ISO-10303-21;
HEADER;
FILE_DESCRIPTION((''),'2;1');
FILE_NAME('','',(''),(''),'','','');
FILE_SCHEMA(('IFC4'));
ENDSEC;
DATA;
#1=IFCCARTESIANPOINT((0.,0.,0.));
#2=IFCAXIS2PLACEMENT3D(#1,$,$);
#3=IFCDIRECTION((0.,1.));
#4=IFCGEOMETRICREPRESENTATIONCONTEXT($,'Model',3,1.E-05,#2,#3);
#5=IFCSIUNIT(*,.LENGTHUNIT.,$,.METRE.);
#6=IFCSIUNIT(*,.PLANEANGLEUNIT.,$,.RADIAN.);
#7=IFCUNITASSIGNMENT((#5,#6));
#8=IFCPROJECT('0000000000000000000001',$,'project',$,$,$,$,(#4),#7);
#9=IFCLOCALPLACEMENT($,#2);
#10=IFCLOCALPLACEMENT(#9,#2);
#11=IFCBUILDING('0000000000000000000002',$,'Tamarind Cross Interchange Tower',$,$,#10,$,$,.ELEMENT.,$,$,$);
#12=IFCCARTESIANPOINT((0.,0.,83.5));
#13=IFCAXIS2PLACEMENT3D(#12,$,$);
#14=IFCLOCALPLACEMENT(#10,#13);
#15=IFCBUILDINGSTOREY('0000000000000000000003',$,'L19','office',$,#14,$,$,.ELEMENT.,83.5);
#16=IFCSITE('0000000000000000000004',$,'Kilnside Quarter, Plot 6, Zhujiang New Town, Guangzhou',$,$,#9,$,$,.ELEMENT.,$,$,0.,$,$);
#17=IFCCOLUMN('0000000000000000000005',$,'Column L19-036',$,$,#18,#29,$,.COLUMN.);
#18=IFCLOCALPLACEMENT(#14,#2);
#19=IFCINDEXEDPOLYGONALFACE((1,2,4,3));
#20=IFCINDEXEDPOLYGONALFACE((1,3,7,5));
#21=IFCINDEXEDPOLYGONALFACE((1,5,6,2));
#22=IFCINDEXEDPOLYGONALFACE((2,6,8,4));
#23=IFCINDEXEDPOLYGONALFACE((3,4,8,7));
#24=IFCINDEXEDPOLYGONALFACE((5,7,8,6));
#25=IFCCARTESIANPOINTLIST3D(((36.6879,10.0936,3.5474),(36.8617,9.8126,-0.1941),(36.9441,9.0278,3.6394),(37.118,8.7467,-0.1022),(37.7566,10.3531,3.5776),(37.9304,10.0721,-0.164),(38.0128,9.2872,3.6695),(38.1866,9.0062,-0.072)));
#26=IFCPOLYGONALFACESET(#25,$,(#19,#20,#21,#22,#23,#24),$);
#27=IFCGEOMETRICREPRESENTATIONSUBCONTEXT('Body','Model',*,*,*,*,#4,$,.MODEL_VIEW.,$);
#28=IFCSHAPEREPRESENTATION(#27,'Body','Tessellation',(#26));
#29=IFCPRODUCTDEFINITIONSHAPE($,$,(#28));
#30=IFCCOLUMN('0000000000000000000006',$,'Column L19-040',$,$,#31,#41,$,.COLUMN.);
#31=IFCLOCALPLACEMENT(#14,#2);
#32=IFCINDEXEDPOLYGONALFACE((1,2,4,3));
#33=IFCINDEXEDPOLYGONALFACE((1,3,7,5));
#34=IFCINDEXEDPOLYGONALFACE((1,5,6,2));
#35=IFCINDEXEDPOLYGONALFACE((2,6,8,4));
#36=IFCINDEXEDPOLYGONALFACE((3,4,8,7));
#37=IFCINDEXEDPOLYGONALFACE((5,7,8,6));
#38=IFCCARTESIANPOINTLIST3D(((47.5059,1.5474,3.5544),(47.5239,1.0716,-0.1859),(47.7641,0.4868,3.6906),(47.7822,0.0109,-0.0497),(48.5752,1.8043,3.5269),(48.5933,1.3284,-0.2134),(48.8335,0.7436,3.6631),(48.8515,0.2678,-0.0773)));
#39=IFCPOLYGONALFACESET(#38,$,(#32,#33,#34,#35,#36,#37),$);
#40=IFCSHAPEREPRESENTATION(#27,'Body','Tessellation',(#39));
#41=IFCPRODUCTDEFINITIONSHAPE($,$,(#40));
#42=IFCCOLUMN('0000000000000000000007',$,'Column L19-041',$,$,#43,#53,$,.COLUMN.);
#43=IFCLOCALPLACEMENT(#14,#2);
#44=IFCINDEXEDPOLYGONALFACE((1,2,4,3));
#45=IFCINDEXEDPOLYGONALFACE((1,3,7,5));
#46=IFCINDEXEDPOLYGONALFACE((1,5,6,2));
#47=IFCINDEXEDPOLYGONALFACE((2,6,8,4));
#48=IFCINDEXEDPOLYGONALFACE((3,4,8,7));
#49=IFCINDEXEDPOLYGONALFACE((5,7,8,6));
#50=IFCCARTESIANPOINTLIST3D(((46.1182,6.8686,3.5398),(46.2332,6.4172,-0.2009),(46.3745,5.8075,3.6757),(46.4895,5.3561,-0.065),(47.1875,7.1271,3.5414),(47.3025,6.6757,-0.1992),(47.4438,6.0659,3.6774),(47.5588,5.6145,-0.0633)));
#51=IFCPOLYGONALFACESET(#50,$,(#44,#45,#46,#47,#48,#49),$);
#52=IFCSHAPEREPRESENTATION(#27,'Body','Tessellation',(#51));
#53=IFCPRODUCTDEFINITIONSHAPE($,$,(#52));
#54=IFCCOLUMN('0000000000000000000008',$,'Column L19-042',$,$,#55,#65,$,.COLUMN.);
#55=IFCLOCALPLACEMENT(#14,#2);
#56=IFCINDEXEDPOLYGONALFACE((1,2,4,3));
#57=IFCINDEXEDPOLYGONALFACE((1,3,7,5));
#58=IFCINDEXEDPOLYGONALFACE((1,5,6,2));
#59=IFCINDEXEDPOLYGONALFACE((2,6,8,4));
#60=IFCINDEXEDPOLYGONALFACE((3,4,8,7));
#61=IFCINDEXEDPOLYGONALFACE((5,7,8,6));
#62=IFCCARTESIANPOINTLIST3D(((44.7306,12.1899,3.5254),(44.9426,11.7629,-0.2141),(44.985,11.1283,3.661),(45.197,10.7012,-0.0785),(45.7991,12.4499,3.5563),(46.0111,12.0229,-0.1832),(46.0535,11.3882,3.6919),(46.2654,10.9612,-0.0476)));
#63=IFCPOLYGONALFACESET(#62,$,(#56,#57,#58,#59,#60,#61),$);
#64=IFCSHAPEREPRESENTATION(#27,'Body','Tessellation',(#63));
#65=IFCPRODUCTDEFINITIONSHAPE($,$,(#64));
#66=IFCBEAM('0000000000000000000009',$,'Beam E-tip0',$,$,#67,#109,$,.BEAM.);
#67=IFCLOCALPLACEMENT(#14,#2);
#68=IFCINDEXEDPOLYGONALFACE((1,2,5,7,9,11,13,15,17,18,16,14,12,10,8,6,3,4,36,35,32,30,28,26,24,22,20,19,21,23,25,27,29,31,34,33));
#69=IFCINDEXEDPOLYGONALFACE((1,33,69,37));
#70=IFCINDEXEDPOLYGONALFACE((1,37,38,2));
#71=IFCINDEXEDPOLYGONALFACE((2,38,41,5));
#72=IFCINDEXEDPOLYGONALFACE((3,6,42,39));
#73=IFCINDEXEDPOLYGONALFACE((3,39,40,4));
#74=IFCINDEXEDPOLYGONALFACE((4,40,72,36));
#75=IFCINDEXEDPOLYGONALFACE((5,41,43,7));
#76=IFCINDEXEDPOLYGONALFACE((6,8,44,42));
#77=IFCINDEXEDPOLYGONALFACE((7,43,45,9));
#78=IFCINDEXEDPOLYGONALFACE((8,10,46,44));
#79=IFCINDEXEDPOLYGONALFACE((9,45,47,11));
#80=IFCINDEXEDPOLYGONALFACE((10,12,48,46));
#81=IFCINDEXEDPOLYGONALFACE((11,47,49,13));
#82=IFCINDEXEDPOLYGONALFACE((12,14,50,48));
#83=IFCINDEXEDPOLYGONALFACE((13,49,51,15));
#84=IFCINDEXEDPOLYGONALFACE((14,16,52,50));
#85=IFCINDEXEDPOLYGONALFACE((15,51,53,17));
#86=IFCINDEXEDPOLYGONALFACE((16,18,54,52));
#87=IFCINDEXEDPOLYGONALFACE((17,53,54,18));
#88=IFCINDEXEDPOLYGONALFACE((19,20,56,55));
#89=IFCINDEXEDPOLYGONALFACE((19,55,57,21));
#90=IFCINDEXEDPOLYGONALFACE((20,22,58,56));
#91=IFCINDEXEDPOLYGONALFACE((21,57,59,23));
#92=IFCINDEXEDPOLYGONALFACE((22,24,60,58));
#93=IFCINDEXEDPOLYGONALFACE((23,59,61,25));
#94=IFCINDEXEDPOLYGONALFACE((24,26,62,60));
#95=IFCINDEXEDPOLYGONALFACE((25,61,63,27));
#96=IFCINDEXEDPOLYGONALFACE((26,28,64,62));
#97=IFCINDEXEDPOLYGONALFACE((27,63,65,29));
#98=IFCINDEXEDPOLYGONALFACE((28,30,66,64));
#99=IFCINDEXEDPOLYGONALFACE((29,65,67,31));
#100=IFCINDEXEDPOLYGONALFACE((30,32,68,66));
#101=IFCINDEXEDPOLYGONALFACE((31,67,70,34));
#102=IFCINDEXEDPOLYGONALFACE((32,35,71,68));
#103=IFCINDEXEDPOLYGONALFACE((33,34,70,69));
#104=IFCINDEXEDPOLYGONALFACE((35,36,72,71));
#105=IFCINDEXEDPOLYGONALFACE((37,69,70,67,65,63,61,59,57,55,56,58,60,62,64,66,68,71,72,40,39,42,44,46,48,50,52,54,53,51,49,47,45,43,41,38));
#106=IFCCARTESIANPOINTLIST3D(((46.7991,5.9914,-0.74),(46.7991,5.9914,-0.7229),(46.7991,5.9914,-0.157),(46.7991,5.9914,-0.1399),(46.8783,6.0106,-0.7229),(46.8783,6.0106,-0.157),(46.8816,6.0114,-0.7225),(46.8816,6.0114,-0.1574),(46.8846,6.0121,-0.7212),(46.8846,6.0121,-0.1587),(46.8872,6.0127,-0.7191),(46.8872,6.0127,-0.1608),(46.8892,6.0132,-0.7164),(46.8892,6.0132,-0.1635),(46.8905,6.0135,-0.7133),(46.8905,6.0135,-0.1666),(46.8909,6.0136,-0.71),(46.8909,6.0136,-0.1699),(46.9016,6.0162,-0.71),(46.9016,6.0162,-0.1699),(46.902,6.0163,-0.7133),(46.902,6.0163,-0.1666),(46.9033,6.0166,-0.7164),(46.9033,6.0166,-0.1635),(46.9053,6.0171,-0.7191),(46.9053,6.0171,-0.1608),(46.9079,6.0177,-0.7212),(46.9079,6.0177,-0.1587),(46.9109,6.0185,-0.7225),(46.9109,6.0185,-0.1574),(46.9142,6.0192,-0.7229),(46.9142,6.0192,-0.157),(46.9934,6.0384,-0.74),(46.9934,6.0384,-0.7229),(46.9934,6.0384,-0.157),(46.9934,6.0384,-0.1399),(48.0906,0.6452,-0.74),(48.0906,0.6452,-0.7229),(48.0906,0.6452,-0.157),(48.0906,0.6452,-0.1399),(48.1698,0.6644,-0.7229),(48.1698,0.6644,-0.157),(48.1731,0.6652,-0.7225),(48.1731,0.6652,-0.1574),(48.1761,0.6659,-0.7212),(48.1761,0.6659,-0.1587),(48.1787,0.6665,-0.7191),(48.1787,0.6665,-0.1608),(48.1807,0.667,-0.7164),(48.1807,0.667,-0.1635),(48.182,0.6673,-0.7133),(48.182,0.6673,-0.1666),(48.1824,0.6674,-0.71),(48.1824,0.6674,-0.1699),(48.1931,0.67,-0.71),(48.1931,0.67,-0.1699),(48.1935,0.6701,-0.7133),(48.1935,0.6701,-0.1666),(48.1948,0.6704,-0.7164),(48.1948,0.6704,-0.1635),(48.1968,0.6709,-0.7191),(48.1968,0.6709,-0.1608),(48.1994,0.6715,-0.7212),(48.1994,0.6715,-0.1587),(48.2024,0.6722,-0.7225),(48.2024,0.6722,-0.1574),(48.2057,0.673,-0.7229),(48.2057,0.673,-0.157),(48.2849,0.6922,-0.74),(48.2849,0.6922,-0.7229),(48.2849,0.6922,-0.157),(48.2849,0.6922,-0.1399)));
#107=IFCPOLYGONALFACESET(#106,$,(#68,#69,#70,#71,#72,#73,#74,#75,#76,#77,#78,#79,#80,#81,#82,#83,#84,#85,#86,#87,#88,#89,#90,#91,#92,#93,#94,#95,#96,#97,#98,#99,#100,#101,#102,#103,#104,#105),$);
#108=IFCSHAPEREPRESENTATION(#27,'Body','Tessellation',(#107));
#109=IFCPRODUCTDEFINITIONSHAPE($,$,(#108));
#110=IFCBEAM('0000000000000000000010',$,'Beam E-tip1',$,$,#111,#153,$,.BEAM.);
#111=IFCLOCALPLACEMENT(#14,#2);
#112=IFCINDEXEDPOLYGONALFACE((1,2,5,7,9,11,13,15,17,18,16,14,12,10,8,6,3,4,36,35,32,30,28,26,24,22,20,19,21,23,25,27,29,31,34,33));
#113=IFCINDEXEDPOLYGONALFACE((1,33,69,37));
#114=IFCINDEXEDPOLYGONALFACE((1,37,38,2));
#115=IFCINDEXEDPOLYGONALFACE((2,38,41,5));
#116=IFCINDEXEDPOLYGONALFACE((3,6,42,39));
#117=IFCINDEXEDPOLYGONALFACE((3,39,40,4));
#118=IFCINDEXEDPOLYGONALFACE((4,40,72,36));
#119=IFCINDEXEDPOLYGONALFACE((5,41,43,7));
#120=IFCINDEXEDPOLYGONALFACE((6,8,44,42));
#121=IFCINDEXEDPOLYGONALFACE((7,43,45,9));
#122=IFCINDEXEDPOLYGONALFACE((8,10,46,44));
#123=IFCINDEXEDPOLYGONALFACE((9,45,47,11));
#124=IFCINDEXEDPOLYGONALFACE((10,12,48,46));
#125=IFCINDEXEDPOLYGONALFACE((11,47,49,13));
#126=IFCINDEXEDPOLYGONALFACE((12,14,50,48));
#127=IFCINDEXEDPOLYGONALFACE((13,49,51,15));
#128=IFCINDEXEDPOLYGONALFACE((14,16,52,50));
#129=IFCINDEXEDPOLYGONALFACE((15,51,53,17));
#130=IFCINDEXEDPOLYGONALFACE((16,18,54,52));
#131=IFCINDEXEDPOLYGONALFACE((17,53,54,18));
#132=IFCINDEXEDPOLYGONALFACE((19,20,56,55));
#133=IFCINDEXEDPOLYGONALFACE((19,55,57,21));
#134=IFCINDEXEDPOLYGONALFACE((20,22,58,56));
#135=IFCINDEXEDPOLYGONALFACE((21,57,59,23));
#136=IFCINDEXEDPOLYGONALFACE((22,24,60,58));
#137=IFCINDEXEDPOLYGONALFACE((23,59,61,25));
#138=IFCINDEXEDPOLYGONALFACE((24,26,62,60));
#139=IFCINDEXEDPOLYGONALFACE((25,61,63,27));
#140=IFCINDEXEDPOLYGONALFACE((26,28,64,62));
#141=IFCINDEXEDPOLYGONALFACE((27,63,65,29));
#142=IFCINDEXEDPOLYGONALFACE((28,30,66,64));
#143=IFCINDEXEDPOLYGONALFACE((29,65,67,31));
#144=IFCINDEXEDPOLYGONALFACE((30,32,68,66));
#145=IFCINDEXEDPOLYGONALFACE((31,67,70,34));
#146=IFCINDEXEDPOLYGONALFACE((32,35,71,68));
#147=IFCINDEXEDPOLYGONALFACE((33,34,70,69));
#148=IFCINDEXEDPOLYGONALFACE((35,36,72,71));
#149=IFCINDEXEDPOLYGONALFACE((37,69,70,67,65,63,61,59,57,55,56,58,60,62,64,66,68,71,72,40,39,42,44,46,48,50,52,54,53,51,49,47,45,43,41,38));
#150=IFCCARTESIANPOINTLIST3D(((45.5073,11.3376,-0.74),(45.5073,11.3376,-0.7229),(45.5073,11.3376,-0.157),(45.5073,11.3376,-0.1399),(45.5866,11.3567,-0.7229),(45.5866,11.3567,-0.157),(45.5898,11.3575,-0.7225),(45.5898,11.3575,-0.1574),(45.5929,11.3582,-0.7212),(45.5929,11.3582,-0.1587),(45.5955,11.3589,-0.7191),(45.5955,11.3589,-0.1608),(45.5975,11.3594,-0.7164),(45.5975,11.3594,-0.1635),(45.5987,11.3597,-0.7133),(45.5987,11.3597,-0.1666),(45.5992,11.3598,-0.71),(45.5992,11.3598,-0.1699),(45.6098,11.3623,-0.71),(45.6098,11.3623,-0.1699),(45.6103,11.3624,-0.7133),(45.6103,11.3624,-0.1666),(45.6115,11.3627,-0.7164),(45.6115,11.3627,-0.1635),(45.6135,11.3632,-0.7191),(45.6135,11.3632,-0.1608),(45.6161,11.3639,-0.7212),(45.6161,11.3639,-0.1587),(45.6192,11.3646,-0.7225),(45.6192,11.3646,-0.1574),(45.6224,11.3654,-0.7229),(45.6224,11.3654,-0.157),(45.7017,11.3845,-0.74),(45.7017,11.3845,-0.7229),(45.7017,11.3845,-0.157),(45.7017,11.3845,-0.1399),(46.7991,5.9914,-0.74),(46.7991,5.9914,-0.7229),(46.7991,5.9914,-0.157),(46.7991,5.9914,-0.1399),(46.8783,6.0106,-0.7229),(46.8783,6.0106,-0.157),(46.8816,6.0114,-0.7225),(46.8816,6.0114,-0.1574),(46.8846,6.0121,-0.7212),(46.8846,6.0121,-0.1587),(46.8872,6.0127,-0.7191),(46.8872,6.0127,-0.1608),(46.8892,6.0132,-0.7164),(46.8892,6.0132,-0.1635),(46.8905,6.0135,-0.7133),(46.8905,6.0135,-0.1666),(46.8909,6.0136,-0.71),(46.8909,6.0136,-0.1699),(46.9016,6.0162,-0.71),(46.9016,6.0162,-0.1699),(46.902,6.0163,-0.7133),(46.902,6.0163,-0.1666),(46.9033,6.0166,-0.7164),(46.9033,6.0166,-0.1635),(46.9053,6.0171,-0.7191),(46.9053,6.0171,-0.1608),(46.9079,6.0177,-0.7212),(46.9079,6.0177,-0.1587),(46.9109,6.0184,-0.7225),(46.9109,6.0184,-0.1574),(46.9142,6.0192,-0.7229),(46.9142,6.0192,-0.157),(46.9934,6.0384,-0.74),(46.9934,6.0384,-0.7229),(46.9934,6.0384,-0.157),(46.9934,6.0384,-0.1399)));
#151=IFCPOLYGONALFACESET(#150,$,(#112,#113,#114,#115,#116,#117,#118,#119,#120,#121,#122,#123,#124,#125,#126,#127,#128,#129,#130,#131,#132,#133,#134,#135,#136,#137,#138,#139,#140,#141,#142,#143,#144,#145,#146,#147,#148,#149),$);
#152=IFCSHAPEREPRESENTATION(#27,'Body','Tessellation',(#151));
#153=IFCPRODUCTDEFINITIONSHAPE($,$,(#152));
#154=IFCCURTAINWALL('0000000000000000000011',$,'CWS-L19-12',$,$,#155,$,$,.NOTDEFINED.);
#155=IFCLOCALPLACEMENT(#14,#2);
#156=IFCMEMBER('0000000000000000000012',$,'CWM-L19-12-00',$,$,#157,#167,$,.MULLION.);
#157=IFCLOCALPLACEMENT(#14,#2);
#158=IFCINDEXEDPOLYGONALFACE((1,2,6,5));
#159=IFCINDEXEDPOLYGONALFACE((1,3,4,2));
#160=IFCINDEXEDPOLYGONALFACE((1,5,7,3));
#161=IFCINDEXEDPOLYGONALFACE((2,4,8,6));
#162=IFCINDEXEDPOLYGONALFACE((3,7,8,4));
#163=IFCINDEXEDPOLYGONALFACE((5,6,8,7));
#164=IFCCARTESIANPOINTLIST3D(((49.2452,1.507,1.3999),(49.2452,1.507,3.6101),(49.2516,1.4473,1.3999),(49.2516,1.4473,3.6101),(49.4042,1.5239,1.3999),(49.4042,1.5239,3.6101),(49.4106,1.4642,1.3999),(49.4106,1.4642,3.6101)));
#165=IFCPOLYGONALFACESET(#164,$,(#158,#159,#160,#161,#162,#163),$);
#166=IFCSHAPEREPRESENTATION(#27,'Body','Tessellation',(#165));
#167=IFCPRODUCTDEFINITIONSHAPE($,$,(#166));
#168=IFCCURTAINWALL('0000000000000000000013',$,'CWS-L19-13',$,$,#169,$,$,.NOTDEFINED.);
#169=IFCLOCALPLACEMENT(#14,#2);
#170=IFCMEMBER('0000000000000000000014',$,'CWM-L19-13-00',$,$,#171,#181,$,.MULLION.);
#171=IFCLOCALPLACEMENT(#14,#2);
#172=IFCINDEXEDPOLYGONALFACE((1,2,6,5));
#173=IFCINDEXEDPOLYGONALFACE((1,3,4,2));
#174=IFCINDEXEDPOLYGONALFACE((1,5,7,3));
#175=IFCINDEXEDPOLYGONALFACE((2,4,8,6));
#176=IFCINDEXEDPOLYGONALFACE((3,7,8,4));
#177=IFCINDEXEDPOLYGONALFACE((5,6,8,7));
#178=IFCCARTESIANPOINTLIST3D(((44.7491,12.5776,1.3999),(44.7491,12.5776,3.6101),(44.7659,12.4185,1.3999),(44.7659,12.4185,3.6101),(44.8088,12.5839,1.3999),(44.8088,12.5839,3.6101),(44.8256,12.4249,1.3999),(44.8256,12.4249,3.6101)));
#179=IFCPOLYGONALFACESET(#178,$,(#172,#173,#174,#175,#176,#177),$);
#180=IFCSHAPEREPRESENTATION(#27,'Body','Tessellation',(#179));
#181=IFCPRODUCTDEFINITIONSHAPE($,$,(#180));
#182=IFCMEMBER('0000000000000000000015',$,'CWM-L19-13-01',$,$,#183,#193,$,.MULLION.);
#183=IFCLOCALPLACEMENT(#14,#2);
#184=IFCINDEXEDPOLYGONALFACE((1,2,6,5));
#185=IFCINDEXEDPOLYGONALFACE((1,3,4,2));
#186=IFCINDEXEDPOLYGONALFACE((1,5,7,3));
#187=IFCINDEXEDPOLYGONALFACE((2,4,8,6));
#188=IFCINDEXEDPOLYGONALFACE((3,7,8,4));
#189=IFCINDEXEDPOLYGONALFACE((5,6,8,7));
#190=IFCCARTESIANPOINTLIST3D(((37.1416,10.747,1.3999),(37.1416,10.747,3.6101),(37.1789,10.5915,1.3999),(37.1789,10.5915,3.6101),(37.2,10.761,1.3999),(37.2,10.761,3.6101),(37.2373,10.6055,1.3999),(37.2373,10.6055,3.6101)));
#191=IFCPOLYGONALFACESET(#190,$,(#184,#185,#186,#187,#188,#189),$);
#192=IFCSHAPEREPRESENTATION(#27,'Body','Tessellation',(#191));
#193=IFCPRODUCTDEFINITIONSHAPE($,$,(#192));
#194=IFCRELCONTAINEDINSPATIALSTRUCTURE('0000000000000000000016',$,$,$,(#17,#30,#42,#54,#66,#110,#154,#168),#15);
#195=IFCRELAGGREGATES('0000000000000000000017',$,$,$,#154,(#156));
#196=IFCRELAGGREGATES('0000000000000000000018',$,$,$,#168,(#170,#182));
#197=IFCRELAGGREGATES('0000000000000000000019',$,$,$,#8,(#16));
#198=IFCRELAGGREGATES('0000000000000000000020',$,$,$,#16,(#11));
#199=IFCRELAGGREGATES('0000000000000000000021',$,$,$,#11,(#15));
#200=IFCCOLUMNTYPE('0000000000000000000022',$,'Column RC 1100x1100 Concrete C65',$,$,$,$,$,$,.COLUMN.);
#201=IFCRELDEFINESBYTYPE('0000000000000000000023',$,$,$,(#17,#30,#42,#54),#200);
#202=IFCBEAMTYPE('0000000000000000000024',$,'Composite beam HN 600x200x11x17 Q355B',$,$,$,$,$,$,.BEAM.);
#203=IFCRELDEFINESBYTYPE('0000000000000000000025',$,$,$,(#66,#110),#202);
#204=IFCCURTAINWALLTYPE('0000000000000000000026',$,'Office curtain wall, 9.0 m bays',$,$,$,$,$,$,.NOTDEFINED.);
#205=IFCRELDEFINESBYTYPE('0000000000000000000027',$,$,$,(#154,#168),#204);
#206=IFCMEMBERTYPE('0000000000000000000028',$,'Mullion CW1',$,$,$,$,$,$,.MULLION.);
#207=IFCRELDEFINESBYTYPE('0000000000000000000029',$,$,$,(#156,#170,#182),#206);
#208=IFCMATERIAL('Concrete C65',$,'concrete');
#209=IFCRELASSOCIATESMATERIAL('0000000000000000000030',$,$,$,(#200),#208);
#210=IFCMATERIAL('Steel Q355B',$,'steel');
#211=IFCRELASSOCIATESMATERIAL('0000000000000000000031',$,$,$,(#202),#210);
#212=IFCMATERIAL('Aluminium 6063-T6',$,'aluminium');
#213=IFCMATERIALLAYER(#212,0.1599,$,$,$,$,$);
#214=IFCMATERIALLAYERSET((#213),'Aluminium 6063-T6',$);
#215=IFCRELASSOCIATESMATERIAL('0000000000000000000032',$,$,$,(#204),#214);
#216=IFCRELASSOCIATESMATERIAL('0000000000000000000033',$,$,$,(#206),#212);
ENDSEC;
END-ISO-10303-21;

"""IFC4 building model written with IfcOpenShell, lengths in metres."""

from ifc_helpers import new_model, si_unit, direction, frame, origin, origin_2d, place, context, subcontext, project, spatial, rectangle, i_section, extrude, material, layer, layer_set, material_profile, profile_set, type_object, element, aggregate, save


model = new_model("IFC4")

# Units and contexts
model_context = context("Model", 3, precision=1e-05, world=origin(), true_north=direction((0.0, 1.0)))
body_context = subcontext(model_context, "Body", "Model", "MODEL_VIEW")
ifc_project = project(units=[si_unit("LENGTHUNIT", "METRE"), si_unit("PLANEANGLEUNIT", "RADIAN")], contexts=[model_context])

# Site, building, storey
site_placement = place(None, origin())
site = spatial("IfcSite", under=ifc_project, at=site_placement, Name="Kilnside Quarter, Plot 6, Zhujiang New Town, Guangzhou", CompositionType="ELEMENT", RefElevation=0.0)
building_placement = place(site_placement, origin())
building = spatial("IfcBuilding", under=site, at=building_placement, Name="Tamarind Cross Interchange Tower", CompositionType="ELEMENT")
storey_placement = place(building_placement, frame((0.0, 0.0, 83.5)))
storey = spatial("IfcBuildingStorey", under=building, at=storey_placement, Name="L19", Description="office", CompositionType="ELEMENT", Elevation=83.5)

# Columns
ifc_material_1 = material(Name="Concrete C65", Category="concrete")
ifc_material_profile_1 = material_profile(ifc_material_1, rectangle(XDim=1.1001, YDim=1.1001, at=origin_2d()), Name="RC 1100x1100")
ifc_profile_set_1 = profile_set([ifc_material_profile_1], Name="Concrete C65")
column_type = type_object("IfcColumnType", Name="Column RC 1100x1100 Concrete C65", PredefinedType="COLUMN", material=ifc_profile_set_1)
column_1_placement = place(storey_placement, frame((37.5242, 9.4094, -0.1331), z_axis=(-0.04628, 0.074815, 0.996123), x_axis=(0.232895, -0.968903, 0.083591)))
element("IfcColumn", 1, at=column_1_placement, inside=storey, type_object=column_type, Name="Column L19-036", PredefinedType="COLUMN", context=body_context, shape_type="SweptSolid", body=[
    extrude(rectangle(XDim=1.1001, YDim=1.1001, at=origin_2d()), origin(), (0.0, 0.0, 1.0), 3.7561),
])
column_2_placement = place(storey_placement, frame((48.1877, 0.6697, -0.1316), z_axis=(-0.004792, 0.126201, 0.991993), x_axis=(-0.972041, -0.233475, 0.025007)))
element("IfcColumn", 2, at=column_2_placement, inside=storey, type_object=column_type, Name="Column L19-040", PredefinedType="COLUMN", context=body_context, shape_type="SweptSolid", body=[
    extrude(rectangle(XDim=1.1001, YDim=1.1001, at=origin_2d()), origin(), (0.0, 0.0, 1.0), 3.7705),
])
column_3_placement = place(storey_placement, frame((46.896, 6.0159, -0.1321), z_axis=(-0.030504, 0.119751, 0.992335), x_axis=(0.232977, -0.9646, 0.123566)))
element("IfcColumn", 3, at=column_3_placement, inside=storey, type_object=column_type, Name="Column L19-041", PredefinedType="COLUMN", context=body_context, shape_type="SweptSolid", body=[
    extrude(rectangle(XDim=1.1001, YDim=1.1001, at=origin_2d()), origin(), (0.0, 0.0, 1.0), 3.7695),
])
column_4_placement = place(storey_placement, frame((45.604, 11.3621, -0.1309), z_axis=(-0.056214, 0.11327, 0.991973), x_axis=(0.231247, -0.96505, 0.123301)))
element("IfcColumn", 4, at=column_4_placement, inside=storey, type_object=column_type, Name="Column L19-042", PredefinedType="COLUMN", context=body_context, shape_type="SweptSolid", body=[
    extrude(rectangle(XDim=1.1001, YDim=1.1001, at=origin_2d()), origin(), (0.0, 0.0, 1.0), 3.7698),
])

# Beams
ifc_material_2 = material(Name="Steel Q355B", Category="steel")
ifc_material_profile_2 = material_profile(ifc_material_2, i_section(OverallWidth=0.2, OverallDepth=0.6001, WebThickness=0.011, FlangeThickness=0.0171, FilletRadius=0.0129, at=origin_2d()), Name="HN 600x200x11x17")
ifc_profile_set_2 = profile_set([ifc_material_profile_2], Name="Steel Q355B")
beam_type = type_object("IfcBeamType", Name="Composite beam HN 600x200x11x17 Q355B", PredefinedType="BEAM", material=ifc_profile_set_2)
for number, where, z_axis, x_axis, name in (
    (5, (48.1877, 0.6687, -0.4399), (-0.23482, 0.972039, 0.0), (-0.972039, -0.23482, 0.0), "Beam E-tip0"),
    (6, (46.8962, 6.0149, -0.4399), (-0.234862, 0.972029, 0.0), (-0.972029, -0.234862, 0.0), "Beam E-tip1"),
):
    element("IfcBeam", number, at=place(storey_placement, frame(where, z_axis=z_axis, x_axis=x_axis)), inside=storey, type_object=beam_type, Name=name, PredefinedType="BEAM", context=body_context, shape_type="SweptSolid", body=[
        extrude(i_section(OverallWidth=0.2, OverallDepth=0.6001, WebThickness=0.011, FlangeThickness=0.0171, FilletRadius=0.0129, at=origin_2d()), origin(), (0.0, 0.0, 1.0), 5.5),
    ])

# Curtain wall, member
ifc_material_3 = material(Name="Aluminium 6063-T6", Category="aluminium")
ifc_layer_1 = layer(ifc_material_3, 0.1599)
ifc_layer_set_1 = layer_set([ifc_layer_1], Name="Aluminium 6063-T6")
curtain_wall_type = type_object("IfcCurtainWallType", Name="Office curtain wall, 9.0 m bays", PredefinedType="NOTDEFINED", material=ifc_layer_set_1)
curtain_wall_1_placement = place(storey_placement, origin())
curtain_wall_1 = element("IfcCurtainWall", 7, at=curtain_wall_1_placement, inside=storey, type_object=curtain_wall_type, Name="CWS-L19-12", PredefinedType="NOTDEFINED")
ifc_material_profile_3 = material_profile(ifc_material_3, rectangle(XDim=0.0601, YDim=0.1599, at=origin_2d()), Name="Mullion CW1")
ifc_profile_set_3 = profile_set([ifc_material_profile_3], Name="Aluminium 6063-T6")
member_type = type_object("IfcMemberType", Name="Mullion CW1", PredefinedType="MULLION", material=ifc_profile_set_3)
member_1_placement = place(storey_placement, frame((49.3279, 1.4856, 1.3999), z_axis=(0.0, 0.0, 1.0), x_axis=(-0.105959, 0.994371, 0.0)))
member_1 = element("IfcMember", 8, at=member_1_placement, type_object=member_type, Name="CWM-L19-12-00", PredefinedType="MULLION", context=body_context, shape_type="SweptSolid", body=[
    extrude(rectangle(XDim=0.0601, YDim=0.1599, at=origin_2d()), origin(), (0.0, 0.0, 1.0), 2.2102),
])
aggregate(curtain_wall_1, [member_1])

# Curtain wall, members
curtain_wall_2_placement = place(storey_placement, origin())
curtain_wall_2 = element("IfcCurtainWall", 9, at=curtain_wall_2_placement, inside=storey, type_object=curtain_wall_type, Name="CWS-L19-13", PredefinedType="NOTDEFINED")
member_2_placement = place(storey_placement, frame((44.7874, 12.5012, 1.3999), z_axis=(0.0, 0.0, 1.0), x_axis=(-0.994441, -0.105294, 0.0)))
member_2 = element("IfcMember", 10, at=member_2_placement, type_object=member_type, Name="CWM-L19-13-00", PredefinedType="MULLION", context=body_context, shape_type="SweptSolid", body=[
    extrude(rectangle(XDim=0.0601, YDim=0.1599, at=origin_2d()), origin(), (0.0, 0.0, 1.0), 2.2102),
])
member_3_placement = place(storey_placement, frame((37.1895, 10.6763, 1.3999), z_axis=(0.0, 0.0, 1.0), x_axis=(-0.972346, -0.233544, 0.0)))
member_3 = element("IfcMember", 11, at=member_3_placement, type_object=member_type, Name="CWM-L19-13-01", PredefinedType="MULLION", context=body_context, shape_type="SweptSolid", body=[
    extrude(rectangle(XDim=0.0601, YDim=0.1599, at=origin_2d()), origin(), (0.0, 0.0, 1.0), 2.2102),
])
aggregate(curtain_wall_2, [member_2, member_3])

save(model, "model.ifc")
